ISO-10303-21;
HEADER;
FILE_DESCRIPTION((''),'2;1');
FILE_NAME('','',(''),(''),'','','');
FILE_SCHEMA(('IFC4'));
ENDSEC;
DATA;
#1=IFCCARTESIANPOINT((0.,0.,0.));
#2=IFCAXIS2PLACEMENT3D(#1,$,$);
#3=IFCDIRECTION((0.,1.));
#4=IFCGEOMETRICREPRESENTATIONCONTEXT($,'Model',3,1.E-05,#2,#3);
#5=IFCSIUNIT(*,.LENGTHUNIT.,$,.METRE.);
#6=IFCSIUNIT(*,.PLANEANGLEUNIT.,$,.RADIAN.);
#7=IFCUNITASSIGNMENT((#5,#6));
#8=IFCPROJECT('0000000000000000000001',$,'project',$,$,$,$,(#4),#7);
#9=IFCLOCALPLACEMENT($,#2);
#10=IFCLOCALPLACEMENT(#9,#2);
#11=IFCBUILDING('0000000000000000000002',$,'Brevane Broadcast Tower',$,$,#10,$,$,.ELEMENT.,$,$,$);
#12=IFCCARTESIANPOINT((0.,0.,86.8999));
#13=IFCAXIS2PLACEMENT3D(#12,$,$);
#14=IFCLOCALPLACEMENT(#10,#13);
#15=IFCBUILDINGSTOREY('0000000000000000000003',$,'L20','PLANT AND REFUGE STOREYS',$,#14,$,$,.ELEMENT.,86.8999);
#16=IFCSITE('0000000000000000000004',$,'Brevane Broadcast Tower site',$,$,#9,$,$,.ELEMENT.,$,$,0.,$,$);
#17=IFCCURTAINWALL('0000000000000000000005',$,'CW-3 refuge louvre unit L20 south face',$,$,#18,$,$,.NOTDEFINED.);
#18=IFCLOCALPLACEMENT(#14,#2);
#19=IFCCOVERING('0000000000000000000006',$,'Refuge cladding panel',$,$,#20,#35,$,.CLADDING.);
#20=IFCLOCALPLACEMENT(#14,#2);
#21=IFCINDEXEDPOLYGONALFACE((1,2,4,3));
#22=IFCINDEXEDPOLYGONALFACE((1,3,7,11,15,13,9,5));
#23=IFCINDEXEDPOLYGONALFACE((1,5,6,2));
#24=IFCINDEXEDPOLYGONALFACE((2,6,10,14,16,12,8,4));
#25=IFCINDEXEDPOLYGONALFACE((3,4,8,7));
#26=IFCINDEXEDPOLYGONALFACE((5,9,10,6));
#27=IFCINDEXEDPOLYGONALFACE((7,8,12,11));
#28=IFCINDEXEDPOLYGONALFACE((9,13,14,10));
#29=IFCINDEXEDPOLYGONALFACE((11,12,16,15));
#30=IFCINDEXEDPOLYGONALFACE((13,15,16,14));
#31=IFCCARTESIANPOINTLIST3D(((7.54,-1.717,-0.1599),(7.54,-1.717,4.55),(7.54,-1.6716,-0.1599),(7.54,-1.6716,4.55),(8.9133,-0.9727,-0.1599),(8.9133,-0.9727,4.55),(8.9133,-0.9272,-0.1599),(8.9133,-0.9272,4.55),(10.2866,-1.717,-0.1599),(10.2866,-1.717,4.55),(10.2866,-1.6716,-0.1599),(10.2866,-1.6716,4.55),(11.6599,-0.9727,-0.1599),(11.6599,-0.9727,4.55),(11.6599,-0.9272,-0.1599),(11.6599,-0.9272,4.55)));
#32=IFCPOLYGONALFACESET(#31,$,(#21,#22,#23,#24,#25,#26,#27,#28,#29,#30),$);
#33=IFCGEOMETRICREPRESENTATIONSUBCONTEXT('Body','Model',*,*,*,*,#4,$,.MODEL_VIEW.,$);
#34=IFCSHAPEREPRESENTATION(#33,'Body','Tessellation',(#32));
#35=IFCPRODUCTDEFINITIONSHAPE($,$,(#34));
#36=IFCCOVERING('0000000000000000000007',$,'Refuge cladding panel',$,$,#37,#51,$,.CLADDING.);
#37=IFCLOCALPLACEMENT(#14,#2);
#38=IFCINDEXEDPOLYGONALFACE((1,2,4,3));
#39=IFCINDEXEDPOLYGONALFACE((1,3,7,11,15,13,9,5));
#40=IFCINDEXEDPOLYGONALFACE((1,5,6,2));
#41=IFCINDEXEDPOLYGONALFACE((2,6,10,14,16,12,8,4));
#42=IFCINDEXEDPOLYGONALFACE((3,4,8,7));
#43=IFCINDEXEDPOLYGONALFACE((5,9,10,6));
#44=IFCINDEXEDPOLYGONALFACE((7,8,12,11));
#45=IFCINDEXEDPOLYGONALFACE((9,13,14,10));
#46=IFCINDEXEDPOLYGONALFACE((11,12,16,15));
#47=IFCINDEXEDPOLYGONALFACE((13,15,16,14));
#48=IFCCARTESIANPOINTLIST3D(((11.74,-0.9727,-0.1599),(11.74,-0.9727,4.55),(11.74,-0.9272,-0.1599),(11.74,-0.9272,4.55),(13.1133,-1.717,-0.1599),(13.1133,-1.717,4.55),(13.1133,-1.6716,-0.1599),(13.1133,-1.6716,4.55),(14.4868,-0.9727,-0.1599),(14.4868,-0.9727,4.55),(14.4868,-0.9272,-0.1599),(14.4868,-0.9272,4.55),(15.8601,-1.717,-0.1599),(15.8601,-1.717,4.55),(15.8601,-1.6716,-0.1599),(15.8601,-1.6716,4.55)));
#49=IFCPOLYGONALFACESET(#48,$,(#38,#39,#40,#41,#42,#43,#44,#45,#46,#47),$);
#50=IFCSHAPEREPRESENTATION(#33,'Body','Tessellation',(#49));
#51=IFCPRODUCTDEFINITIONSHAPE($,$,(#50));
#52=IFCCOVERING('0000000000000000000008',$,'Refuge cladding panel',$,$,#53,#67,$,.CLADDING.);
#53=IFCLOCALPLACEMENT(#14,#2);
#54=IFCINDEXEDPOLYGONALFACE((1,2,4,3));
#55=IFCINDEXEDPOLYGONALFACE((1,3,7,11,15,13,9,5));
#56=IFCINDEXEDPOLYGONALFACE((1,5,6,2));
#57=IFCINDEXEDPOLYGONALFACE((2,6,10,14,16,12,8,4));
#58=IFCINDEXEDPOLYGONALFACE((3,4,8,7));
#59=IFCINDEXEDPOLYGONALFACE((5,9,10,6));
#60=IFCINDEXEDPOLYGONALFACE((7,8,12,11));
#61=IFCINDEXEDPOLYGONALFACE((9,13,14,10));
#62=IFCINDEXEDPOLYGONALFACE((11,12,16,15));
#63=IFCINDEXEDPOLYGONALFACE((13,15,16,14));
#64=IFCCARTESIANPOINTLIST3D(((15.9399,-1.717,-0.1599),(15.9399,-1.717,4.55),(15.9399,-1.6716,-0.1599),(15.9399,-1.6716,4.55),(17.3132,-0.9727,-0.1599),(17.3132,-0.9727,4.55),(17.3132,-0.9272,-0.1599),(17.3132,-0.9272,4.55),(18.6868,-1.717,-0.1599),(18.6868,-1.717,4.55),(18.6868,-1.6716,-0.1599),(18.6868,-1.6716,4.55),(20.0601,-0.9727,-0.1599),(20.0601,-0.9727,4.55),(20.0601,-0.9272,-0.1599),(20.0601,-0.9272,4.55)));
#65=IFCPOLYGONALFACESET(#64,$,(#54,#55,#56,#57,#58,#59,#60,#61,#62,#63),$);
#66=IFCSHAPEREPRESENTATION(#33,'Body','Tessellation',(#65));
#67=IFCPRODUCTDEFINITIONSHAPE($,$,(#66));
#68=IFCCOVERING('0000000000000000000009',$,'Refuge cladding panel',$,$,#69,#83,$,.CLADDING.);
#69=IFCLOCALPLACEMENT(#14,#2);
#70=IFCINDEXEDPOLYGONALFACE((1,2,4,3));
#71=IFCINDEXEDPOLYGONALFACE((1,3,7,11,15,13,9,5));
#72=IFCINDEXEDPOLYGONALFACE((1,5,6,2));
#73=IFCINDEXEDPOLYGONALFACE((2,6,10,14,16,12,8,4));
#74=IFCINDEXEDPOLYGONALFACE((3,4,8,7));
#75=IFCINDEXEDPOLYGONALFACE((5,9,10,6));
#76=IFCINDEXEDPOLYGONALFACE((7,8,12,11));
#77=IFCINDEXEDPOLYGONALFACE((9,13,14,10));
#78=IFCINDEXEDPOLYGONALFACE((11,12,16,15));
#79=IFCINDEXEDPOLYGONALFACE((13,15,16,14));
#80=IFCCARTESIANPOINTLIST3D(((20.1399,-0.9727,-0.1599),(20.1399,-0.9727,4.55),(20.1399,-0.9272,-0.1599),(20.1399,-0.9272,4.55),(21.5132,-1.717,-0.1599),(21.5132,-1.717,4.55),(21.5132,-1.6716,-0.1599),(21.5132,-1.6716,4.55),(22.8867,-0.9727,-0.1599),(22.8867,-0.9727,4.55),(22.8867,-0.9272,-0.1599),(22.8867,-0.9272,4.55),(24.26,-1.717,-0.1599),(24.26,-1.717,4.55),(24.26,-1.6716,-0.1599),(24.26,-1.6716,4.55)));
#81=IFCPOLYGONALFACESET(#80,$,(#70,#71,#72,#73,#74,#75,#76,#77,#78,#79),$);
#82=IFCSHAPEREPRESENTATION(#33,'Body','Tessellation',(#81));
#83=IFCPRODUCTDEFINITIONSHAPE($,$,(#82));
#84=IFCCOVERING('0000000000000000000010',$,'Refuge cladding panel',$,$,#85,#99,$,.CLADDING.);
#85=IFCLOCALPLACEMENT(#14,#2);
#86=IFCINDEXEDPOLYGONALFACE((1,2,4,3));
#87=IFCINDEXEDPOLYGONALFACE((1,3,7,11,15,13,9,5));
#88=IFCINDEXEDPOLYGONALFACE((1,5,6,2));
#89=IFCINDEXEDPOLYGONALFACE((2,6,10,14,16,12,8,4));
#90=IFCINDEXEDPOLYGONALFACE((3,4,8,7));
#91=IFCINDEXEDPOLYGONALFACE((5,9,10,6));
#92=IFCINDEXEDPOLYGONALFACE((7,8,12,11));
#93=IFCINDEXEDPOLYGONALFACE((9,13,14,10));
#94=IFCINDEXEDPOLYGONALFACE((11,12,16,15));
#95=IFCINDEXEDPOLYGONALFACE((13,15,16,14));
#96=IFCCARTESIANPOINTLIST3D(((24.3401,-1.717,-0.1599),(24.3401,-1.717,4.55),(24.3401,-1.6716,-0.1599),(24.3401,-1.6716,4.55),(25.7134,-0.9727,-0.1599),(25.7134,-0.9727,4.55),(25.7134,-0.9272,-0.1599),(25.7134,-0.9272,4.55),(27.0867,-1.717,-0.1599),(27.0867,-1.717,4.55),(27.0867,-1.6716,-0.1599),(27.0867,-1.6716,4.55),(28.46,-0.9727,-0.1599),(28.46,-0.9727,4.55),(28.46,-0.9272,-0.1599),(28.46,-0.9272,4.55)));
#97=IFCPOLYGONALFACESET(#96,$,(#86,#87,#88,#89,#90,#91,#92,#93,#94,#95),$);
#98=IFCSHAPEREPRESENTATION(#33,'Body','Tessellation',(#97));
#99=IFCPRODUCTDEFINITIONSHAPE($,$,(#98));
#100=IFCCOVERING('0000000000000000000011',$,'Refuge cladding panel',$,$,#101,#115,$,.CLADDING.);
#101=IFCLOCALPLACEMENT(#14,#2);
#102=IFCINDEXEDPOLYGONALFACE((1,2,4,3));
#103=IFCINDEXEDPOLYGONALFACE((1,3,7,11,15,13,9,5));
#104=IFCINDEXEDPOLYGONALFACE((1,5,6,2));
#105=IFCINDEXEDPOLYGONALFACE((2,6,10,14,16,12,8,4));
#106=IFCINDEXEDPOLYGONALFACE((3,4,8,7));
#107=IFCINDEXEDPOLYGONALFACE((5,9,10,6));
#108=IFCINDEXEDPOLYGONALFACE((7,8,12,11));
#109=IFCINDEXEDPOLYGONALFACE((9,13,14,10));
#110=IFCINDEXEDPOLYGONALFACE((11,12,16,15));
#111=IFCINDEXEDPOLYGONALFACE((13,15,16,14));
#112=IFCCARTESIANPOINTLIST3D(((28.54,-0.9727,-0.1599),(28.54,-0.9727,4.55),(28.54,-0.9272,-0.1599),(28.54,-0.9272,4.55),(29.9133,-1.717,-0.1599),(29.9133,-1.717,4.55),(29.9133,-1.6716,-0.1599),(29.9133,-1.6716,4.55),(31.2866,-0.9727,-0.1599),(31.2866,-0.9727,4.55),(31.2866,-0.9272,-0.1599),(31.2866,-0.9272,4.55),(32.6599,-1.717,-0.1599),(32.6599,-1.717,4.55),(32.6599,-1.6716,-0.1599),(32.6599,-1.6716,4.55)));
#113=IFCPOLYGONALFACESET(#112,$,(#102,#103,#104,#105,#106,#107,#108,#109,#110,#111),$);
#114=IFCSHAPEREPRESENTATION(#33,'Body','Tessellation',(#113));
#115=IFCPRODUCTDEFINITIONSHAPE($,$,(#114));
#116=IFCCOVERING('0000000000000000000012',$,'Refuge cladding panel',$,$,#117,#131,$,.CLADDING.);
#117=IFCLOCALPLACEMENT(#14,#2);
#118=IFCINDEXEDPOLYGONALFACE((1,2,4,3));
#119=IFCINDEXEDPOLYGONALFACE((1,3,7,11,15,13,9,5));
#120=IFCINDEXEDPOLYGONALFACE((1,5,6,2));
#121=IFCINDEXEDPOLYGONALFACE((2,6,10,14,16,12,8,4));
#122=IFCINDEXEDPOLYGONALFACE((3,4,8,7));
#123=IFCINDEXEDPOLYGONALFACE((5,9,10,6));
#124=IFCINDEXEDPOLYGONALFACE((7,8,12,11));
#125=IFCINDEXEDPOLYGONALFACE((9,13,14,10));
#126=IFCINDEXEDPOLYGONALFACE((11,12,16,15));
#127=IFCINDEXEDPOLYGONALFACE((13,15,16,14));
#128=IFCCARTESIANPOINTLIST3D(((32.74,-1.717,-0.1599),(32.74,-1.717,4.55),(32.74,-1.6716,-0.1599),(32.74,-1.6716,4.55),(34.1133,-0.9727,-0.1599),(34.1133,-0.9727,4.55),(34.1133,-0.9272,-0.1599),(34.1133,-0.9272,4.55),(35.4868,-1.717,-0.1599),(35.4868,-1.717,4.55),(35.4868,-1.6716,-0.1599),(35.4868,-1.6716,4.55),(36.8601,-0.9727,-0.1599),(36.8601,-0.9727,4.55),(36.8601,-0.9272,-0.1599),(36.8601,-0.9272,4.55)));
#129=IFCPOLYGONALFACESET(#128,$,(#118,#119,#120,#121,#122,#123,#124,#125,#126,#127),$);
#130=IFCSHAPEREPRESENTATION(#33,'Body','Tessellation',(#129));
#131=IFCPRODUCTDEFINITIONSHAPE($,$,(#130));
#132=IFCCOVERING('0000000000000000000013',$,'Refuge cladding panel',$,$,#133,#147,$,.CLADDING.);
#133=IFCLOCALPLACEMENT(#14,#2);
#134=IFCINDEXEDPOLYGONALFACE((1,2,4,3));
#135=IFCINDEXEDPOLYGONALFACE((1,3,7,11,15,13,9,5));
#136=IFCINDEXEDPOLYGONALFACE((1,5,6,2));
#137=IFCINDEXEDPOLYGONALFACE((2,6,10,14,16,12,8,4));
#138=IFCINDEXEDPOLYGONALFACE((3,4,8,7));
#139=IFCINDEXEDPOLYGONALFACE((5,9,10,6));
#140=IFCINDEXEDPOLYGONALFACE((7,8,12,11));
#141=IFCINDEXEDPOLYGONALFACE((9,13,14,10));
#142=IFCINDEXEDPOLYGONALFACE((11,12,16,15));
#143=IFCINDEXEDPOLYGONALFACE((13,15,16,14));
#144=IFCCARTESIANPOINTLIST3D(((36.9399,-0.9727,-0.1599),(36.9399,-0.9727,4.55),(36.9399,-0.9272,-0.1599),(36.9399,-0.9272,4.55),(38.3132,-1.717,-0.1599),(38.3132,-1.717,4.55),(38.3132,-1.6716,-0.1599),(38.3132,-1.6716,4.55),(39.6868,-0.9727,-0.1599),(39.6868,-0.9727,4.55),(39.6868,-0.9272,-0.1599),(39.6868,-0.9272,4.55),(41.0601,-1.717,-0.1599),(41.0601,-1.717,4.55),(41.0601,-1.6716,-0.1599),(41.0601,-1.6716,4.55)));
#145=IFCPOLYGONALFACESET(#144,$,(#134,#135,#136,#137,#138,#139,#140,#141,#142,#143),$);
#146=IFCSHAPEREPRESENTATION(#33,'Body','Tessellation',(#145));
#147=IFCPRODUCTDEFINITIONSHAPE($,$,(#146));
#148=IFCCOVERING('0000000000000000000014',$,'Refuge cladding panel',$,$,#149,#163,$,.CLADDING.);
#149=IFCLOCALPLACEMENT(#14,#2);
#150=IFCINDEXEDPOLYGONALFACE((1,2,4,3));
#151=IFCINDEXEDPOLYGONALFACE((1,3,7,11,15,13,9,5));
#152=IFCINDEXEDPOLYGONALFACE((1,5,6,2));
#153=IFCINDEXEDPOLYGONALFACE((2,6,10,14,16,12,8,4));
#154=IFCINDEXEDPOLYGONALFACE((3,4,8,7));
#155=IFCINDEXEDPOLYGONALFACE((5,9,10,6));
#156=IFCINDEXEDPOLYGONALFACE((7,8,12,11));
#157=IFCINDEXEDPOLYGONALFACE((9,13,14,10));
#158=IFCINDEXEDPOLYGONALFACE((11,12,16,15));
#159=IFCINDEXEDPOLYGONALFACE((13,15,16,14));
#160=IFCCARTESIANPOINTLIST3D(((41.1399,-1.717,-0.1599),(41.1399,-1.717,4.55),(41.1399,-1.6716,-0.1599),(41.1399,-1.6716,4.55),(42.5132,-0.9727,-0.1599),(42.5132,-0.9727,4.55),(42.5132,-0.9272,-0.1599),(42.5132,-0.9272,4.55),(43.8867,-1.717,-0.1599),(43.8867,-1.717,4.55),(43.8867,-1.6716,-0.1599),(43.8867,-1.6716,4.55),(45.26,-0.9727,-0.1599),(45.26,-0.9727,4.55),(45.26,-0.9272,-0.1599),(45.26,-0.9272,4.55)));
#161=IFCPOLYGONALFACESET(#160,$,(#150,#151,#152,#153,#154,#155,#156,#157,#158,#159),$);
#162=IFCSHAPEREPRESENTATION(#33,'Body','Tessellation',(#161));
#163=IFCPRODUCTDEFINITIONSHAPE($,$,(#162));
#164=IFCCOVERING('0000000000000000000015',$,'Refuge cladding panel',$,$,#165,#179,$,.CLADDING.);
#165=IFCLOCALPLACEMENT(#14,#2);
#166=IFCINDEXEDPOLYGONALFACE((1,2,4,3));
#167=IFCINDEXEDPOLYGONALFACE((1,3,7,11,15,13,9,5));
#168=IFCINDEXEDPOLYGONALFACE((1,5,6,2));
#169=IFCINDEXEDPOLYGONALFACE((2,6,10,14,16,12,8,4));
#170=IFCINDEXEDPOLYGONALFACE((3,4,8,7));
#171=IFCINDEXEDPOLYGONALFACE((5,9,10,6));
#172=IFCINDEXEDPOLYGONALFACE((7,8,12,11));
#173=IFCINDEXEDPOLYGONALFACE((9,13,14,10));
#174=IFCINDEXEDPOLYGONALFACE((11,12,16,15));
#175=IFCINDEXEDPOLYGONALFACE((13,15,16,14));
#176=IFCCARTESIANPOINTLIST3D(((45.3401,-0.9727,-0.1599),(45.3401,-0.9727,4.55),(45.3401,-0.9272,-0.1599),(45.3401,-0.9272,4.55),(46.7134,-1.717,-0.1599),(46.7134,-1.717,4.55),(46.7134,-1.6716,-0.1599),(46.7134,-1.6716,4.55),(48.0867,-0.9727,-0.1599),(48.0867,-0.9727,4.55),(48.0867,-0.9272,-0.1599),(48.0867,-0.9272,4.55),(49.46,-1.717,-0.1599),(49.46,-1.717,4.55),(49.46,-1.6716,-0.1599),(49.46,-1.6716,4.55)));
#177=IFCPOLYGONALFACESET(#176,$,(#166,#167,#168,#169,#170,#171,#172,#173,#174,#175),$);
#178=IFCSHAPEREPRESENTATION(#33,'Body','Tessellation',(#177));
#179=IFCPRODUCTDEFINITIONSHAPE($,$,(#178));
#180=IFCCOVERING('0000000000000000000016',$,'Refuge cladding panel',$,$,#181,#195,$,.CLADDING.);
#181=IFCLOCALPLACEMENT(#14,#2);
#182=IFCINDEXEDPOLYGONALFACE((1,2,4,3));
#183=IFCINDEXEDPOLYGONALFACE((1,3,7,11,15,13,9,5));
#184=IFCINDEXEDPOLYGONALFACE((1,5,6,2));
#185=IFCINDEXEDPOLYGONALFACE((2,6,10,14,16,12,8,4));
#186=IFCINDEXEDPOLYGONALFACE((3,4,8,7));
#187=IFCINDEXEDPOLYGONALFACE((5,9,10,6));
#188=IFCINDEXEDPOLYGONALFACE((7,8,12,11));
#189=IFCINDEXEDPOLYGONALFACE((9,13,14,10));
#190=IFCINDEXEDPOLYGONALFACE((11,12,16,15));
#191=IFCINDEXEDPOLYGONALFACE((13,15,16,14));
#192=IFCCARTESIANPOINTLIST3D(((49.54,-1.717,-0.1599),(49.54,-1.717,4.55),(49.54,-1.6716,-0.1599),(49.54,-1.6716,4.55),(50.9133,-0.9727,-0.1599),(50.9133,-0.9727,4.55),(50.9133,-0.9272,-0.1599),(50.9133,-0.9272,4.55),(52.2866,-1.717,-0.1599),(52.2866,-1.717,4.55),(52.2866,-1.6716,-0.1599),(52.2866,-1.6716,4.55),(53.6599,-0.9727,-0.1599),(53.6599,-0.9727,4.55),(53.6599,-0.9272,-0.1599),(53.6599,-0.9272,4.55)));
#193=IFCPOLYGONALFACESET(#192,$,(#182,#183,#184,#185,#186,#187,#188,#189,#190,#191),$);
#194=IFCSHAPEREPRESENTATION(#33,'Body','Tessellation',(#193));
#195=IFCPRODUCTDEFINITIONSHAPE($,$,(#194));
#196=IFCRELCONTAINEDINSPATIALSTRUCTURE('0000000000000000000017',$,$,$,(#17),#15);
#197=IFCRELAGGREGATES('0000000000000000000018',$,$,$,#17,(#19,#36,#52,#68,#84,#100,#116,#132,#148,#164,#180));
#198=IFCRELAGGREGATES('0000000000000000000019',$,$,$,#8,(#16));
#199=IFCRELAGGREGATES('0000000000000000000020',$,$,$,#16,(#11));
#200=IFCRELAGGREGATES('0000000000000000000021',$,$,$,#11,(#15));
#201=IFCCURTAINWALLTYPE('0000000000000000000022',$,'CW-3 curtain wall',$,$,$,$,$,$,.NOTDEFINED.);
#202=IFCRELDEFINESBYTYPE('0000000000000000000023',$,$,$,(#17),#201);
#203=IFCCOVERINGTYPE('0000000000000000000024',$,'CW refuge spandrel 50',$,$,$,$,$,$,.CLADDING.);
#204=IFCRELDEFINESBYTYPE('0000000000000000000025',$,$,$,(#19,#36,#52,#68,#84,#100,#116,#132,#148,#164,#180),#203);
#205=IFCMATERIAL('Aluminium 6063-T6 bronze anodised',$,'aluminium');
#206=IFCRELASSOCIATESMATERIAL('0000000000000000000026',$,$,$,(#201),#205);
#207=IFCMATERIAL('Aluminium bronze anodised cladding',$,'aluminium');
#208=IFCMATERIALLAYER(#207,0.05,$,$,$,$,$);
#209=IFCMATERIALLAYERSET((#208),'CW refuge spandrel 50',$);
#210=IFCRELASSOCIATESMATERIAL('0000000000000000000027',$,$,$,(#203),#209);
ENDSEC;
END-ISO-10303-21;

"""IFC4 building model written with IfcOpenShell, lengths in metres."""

from ifc_helpers import new_model, si_unit, direction, frame, origin, place, context, subcontext, project, spatial, polyline, outline, extrude, material, layer, layer_set, type_object, element, aggregate, save


model = new_model("IFC4")

# Units and contexts
model_context = context("Model", 3, precision=1e-05, world=origin(), true_north=direction((0.0, 1.0)))
body_context = subcontext(model_context, "Body", "Model", "MODEL_VIEW")
ifc_project = project(units=[si_unit("LENGTHUNIT", "METRE"), si_unit("PLANEANGLEUNIT", "RADIAN")], contexts=[model_context])

# Site, building, storey
site_placement = place(None, origin())
site = spatial("IfcSite", under=ifc_project, at=site_placement, Name="Brevane Broadcast Tower site", CompositionType="ELEMENT", RefElevation=0.0)
building_placement = place(site_placement, origin())
building = spatial("IfcBuilding", under=site, at=building_placement, Name="Brevane Broadcast Tower", CompositionType="ELEMENT")
storey_placement = place(building_placement, frame((0.0, 0.0, 86.8999)))
storey = spatial("IfcBuildingStorey", under=building, at=storey_placement, Name="L20", Description="PLANT AND REFUGE STOREYS", CompositionType="ELEMENT", Elevation=86.8999)

# Curtain wall, coverings
ifc_material_1 = material(Name="Aluminium 6063-T6 bronze anodised", Category="aluminium")
curtain_wall_type = type_object("IfcCurtainWallType", Name="CW-3 curtain wall", PredefinedType="NOTDEFINED", material=ifc_material_1)
curtain_wall_1_placement = place(storey_placement, origin())
curtain_wall_1 = element("IfcCurtainWall", 1, at=curtain_wall_1_placement, inside=storey, type_object=curtain_wall_type, Name="CW-3 refuge louvre unit L20 south face", PredefinedType="NOTDEFINED")
ifc_material_2 = material(Name="Aluminium bronze anodised cladding", Category="aluminium")
ifc_layer = layer(ifc_material_2, 0.05)
ifc_layer_set = layer_set([ifc_layer], Name="CW refuge spandrel 50")
covering_type = type_object("IfcCoveringType", Name="CW refuge spandrel 50", PredefinedType="CLADDING", material=ifc_layer_set)
covering_1_placement = place(storey_placement, frame((0.0, 0.0, -0.1599)))
covering_1 = element("IfcCovering", 2, at=covering_1_placement, type_object=covering_type, Name="Refuge cladding panel", PredefinedType="CLADDING", context=body_context, shape_type="SweptSolid", body=[
    extrude(outline(polyline([(7.54, -1.6716), (7.54, -1.717), (8.9133, -0.9727), (10.2866, -1.717), (11.6599, -0.9727), (11.6599, -0.9272), (10.2866, -1.6716), (8.9133, -0.9272), (7.54, -1.6716)])), origin(), (0.0, 0.0, 1.0), 4.71),
])
covering_2_placement = place(storey_placement, frame((0.0, 0.0, -0.1599)))
covering_2 = element("IfcCovering", 3, at=covering_2_placement, type_object=covering_type, Name="Refuge cladding panel", PredefinedType="CLADDING", context=body_context, shape_type="SweptSolid", body=[
    extrude(outline(polyline([(11.74, -0.9272), (11.74, -0.9727), (13.1133, -1.717), (14.4868, -0.9727), (15.8601, -1.717), (15.8601, -1.6716), (14.4868, -0.9272), (13.1133, -1.6716), (11.74, -0.9272)])), origin(), (0.0, 0.0, 1.0), 4.71),
])
covering_3_placement = place(storey_placement, frame((0.0, 0.0, -0.1599)))
covering_3 = element("IfcCovering", 4, at=covering_3_placement, type_object=covering_type, Name="Refuge cladding panel", PredefinedType="CLADDING", context=body_context, shape_type="SweptSolid", body=[
    extrude(outline(polyline([(15.9399, -1.6716), (15.9399, -1.717), (17.3132, -0.9727), (18.6868, -1.717), (20.0601, -0.9727), (20.0601, -0.9272), (18.6868, -1.6716), (17.3132, -0.9272), (15.9399, -1.6716)])), origin(), (0.0, 0.0, 1.0), 4.71),
])
covering_4_placement = place(storey_placement, frame((0.0, 0.0, -0.1599)))
covering_4 = element("IfcCovering", 5, at=covering_4_placement, type_object=covering_type, Name="Refuge cladding panel", PredefinedType="CLADDING", context=body_context, shape_type="SweptSolid", body=[
    extrude(outline(polyline([(20.1399, -0.9272), (20.1399, -0.9727), (21.5132, -1.717), (22.8867, -0.9727), (24.26, -1.717), (24.26, -1.6716), (22.8867, -0.9272), (21.5132, -1.6716), (20.1399, -0.9272)])), origin(), (0.0, 0.0, 1.0), 4.71),
])
covering_5_placement = place(storey_placement, frame((0.0, 0.0, -0.1599)))
covering_5 = element("IfcCovering", 6, at=covering_5_placement, type_object=covering_type, Name="Refuge cladding panel", PredefinedType="CLADDING", context=body_context, shape_type="SweptSolid", body=[
    extrude(outline(polyline([(24.3401, -1.6716), (24.3401, -1.717), (25.7134, -0.9727), (27.0867, -1.717), (28.46, -0.9727), (28.46, -0.9272), (27.0867, -1.6716), (25.7134, -0.9272), (24.3401, -1.6716)])), origin(), (0.0, 0.0, 1.0), 4.71),
])
covering_6_placement = place(storey_placement, frame((0.0, 0.0, -0.1599)))
covering_6 = element("IfcCovering", 7, at=covering_6_placement, type_object=covering_type, Name="Refuge cladding panel", PredefinedType="CLADDING", context=body_context, shape_type="SweptSolid", body=[
    extrude(outline(polyline([(28.54, -0.9272), (28.54, -0.9727), (29.9133, -1.717), (31.2866, -0.9727), (32.6599, -1.717), (32.6599, -1.6716), (31.2866, -0.9272), (29.9133, -1.6716), (28.54, -0.9272)])), origin(), (0.0, 0.0, 1.0), 4.71),
])
covering_7_placement = place(storey_placement, frame((0.0, 0.0, -0.1599)))
covering_7 = element("IfcCovering", 8, at=covering_7_placement, type_object=covering_type, Name="Refuge cladding panel", PredefinedType="CLADDING", context=body_context, shape_type="SweptSolid", body=[
    extrude(outline(polyline([(32.74, -1.6716), (32.74, -1.717), (34.1133, -0.9727), (35.4868, -1.717), (36.8601, -0.9727), (36.8601, -0.9272), (35.4868, -1.6716), (34.1133, -0.9272), (32.74, -1.6716)])), origin(), (0.0, 0.0, 1.0), 4.71),
])
covering_8_placement = place(storey_placement, frame((0.0, 0.0, -0.1599)))
covering_8 = element("IfcCovering", 9, at=covering_8_placement, type_object=covering_type, Name="Refuge cladding panel", PredefinedType="CLADDING", context=body_context, shape_type="SweptSolid", body=[
    extrude(outline(polyline([(36.9399, -0.9272), (36.9399, -0.9727), (38.3132, -1.717), (39.6868, -0.9727), (41.0601, -1.717), (41.0601, -1.6716), (39.6868, -0.9272), (38.3132, -1.6716), (36.9399, -0.9272)])), origin(), (0.0, 0.0, 1.0), 4.71),
])
covering_9_placement = place(storey_placement, frame((0.0, 0.0, -0.1599)))
covering_9 = element("IfcCovering", 10, at=covering_9_placement, type_object=covering_type, Name="Refuge cladding panel", PredefinedType="CLADDING", context=body_context, shape_type="SweptSolid", body=[
    extrude(outline(polyline([(41.1399, -1.6716), (41.1399, -1.717), (42.5132, -0.9727), (43.8867, -1.717), (45.26, -0.9727), (45.26, -0.9272), (43.8867, -1.6716), (42.5132, -0.9272), (41.1399, -1.6716)])), origin(), (0.0, 0.0, 1.0), 4.71),
])
covering_10_placement = place(storey_placement, frame((0.0, 0.0, -0.1599)))
covering_10 = element("IfcCovering", 11, at=covering_10_placement, type_object=covering_type, Name="Refuge cladding panel", PredefinedType="CLADDING", context=body_context, shape_type="SweptSolid", body=[
    extrude(outline(polyline([(45.3401, -0.9272), (45.3401, -0.9727), (46.7134, -1.717), (48.0867, -0.9727), (49.46, -1.717), (49.46, -1.6716), (48.0867, -0.9272), (46.7134, -1.6716), (45.3401, -0.9272)])), origin(), (0.0, 0.0, 1.0), 4.71),
])
covering_11_placement = place(storey_placement, frame((0.0, 0.0, -0.1599)))
covering_11 = element("IfcCovering", 12, at=covering_11_placement, type_object=covering_type, Name="Refuge cladding panel", PredefinedType="CLADDING", context=body_context, shape_type="SweptSolid", body=[
    extrude(outline(polyline([(49.54, -1.6716), (49.54, -1.717), (50.9133, -0.9727), (52.2866, -1.717), (53.6599, -0.9727), (53.6599, -0.9272), (52.2866, -1.6716), (50.9133, -0.9272), (49.54, -1.6716)])), origin(), (0.0, 0.0, 1.0), 4.71),
])
aggregate(curtain_wall_1, [covering_1, covering_2, covering_3, covering_4, covering_5, covering_6, covering_7, covering_8, covering_9, covering_10, covering_11])

save(model, "model.ifc")
